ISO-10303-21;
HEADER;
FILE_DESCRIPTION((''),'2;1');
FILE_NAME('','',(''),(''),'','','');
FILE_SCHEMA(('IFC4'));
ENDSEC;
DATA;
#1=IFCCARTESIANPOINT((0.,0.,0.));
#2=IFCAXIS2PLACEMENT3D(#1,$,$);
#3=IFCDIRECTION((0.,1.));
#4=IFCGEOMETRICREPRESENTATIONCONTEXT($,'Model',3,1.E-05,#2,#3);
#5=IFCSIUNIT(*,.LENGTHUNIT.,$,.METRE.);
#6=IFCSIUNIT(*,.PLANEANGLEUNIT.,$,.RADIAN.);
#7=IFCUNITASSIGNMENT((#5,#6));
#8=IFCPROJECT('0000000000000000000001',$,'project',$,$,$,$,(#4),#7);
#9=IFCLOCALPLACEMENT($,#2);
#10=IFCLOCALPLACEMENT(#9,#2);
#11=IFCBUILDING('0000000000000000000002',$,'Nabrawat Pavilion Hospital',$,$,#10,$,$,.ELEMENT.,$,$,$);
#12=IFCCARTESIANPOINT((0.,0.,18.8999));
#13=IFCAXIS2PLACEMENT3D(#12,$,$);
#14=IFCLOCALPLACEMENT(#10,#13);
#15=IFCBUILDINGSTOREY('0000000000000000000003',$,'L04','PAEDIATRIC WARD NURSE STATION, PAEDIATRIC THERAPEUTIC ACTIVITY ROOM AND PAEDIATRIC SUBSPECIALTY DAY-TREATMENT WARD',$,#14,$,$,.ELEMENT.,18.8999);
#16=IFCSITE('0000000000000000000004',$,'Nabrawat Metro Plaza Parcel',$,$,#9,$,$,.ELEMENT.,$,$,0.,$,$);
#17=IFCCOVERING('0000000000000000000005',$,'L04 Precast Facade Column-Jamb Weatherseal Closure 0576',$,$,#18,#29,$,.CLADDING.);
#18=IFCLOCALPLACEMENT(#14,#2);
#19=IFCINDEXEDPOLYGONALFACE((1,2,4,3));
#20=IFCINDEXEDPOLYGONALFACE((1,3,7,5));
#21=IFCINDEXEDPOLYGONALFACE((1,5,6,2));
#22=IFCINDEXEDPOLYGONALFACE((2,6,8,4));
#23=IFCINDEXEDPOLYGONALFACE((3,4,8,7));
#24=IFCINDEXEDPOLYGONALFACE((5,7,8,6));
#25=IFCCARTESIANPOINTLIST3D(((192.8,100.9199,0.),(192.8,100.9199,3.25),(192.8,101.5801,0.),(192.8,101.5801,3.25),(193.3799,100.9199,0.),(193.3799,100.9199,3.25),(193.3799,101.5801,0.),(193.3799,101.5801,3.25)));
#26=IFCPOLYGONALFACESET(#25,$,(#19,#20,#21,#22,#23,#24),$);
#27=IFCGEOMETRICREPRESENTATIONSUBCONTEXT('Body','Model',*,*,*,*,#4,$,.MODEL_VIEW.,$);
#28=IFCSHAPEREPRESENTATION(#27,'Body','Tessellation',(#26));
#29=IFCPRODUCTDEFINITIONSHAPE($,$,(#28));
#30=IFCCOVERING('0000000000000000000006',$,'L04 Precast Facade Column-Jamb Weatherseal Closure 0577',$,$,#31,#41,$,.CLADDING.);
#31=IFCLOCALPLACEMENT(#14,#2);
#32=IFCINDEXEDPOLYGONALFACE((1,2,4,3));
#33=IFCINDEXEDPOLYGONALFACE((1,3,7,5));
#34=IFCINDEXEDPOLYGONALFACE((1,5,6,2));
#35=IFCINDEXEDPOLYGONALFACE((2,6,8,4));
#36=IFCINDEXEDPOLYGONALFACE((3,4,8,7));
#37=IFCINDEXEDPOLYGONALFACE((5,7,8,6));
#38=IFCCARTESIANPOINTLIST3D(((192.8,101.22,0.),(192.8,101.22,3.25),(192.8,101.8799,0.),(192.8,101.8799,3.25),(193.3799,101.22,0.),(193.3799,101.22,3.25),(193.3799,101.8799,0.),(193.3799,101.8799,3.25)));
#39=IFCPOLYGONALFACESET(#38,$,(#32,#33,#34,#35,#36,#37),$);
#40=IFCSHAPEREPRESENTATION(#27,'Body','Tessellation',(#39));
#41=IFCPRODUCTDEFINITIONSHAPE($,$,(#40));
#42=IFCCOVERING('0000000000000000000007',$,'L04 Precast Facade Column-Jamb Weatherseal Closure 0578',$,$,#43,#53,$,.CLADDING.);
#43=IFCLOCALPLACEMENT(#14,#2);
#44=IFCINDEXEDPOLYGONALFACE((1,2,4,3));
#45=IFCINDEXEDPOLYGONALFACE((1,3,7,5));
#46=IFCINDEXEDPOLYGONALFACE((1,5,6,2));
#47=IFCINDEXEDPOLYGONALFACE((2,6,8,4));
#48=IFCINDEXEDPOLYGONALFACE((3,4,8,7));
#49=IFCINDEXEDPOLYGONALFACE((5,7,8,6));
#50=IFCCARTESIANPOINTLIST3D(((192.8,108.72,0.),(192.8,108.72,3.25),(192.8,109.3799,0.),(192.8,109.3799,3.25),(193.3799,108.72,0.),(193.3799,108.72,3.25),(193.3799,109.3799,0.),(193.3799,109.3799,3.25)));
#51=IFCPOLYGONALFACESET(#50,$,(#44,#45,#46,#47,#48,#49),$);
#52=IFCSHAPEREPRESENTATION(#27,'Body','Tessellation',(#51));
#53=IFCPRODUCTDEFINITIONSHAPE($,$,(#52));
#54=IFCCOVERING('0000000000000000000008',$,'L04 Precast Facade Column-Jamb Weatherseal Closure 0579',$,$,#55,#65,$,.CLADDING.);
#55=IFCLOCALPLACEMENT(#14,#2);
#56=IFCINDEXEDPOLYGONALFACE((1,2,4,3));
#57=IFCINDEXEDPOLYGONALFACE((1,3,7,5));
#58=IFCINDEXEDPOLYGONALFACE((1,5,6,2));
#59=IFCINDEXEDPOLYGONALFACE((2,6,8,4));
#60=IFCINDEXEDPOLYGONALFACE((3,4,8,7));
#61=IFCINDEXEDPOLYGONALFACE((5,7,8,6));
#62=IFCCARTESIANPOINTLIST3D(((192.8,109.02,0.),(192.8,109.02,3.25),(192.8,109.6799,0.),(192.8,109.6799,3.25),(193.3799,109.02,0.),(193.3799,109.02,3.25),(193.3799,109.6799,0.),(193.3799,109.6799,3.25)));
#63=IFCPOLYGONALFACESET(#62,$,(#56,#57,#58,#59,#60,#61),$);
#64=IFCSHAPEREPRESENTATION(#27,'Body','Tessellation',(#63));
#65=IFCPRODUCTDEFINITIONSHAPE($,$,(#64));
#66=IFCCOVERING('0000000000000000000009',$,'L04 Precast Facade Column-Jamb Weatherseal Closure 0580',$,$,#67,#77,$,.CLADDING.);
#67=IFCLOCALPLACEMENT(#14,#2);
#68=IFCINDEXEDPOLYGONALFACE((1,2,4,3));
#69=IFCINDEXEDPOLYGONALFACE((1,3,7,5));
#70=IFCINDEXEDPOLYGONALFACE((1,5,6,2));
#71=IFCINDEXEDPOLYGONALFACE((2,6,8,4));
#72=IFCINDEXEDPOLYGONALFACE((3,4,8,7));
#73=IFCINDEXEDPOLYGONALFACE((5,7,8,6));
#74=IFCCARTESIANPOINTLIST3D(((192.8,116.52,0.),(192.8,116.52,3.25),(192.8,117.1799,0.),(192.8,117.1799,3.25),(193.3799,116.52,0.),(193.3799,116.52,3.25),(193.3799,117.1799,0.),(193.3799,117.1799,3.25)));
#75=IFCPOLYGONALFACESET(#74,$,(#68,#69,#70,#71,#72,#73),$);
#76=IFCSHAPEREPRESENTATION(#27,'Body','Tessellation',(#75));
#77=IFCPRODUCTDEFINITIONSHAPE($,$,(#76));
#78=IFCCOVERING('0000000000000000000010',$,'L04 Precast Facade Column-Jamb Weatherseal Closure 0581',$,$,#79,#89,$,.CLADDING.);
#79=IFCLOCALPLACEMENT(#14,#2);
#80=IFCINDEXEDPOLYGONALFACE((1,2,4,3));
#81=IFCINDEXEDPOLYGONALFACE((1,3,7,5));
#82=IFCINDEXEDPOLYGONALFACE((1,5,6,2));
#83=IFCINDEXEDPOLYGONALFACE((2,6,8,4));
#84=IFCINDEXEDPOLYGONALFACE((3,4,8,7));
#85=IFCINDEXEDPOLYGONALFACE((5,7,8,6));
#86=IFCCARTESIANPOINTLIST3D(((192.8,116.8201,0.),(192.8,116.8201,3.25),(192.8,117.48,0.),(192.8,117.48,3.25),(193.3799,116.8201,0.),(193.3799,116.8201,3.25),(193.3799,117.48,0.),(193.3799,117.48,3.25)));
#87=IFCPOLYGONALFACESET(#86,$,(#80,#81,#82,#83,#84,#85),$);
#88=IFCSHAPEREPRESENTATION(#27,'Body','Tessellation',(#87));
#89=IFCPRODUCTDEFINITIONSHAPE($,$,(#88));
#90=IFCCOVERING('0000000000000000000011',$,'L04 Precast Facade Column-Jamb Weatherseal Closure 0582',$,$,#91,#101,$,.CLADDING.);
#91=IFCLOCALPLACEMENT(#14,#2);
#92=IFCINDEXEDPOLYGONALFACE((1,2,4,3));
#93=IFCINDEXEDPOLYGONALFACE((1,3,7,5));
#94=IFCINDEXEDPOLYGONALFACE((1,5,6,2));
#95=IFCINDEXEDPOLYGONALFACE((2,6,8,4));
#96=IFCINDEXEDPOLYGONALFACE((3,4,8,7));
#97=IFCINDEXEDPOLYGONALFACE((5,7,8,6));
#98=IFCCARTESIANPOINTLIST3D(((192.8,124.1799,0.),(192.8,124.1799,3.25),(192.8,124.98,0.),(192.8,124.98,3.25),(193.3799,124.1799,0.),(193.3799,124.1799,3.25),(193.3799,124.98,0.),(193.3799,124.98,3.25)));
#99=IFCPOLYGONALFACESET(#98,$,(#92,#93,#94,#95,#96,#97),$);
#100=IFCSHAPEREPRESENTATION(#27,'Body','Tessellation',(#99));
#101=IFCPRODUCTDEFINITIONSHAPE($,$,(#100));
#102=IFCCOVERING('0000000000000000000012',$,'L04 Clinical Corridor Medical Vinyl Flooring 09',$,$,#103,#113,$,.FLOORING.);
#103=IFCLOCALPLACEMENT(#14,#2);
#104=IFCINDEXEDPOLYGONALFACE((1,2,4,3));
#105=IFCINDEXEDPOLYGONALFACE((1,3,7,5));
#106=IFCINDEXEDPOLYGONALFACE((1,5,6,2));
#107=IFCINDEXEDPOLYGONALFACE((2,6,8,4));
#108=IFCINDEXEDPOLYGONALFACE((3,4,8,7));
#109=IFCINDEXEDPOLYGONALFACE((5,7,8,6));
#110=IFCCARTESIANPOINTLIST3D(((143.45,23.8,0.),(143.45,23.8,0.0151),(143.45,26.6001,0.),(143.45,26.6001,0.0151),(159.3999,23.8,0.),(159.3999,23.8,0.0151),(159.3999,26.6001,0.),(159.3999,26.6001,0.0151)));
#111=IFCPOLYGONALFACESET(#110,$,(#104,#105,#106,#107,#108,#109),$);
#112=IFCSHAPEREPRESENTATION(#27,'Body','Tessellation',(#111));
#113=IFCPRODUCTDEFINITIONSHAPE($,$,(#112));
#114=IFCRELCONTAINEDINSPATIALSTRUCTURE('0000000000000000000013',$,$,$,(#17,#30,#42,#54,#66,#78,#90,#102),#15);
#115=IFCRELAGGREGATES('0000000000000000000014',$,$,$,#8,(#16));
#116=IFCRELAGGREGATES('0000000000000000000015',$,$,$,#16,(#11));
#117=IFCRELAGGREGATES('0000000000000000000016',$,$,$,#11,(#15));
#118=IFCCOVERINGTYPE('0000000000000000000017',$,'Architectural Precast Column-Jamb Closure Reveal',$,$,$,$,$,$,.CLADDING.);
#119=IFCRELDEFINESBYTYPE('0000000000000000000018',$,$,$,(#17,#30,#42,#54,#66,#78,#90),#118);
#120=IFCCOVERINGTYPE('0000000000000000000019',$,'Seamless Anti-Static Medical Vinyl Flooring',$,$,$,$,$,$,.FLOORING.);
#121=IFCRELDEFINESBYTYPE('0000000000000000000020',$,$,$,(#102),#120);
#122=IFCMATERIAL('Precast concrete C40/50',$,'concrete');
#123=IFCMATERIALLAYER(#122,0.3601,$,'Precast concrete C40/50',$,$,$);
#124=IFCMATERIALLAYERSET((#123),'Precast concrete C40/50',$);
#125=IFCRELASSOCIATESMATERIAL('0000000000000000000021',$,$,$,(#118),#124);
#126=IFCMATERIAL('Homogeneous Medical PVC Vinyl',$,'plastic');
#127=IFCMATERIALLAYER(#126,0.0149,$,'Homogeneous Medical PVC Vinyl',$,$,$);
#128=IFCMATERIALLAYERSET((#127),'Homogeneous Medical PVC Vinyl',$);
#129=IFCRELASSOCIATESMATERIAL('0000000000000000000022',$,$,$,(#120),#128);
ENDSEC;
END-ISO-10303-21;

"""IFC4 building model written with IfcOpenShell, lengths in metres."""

from ifc_helpers import new_model, si_unit, direction, frame, origin, place, context, subcontext, project, spatial, polyline, outline, extrude, material, layer, layer_set, type_object, element, save


model = new_model("IFC4")

# Units and contexts
model_context = context("Model", 3, precision=1e-05, world=origin(), true_north=direction((0.0, 1.0)))
body_context = subcontext(model_context, "Body", "Model", "MODEL_VIEW")
ifc_project = project(units=[si_unit("LENGTHUNIT", "METRE"), si_unit("PLANEANGLEUNIT", "RADIAN")], contexts=[model_context])

# Site, building, storey
site_placement = place(None, origin())
site = spatial("IfcSite", under=ifc_project, at=site_placement, Name="Nabrawat Metro Plaza Parcel", CompositionType="ELEMENT", RefElevation=0.0)
building_placement = place(site_placement, origin())
building = spatial("IfcBuilding", under=site, at=building_placement, Name="Nabrawat Pavilion Hospital", CompositionType="ELEMENT")
storey_placement = place(building_placement, frame((0.0, 0.0, 18.8999)))
storey = spatial("IfcBuildingStorey", under=building, at=storey_placement, Name="L04", Description="PAEDIATRIC WARD NURSE STATION, PAEDIATRIC THERAPEUTIC ACTIVITY ROOM AND PAEDIATRIC SUBSPECIALTY DAY-TREATMENT WARD", CompositionType="ELEMENT", Elevation=18.8999)

# Coverings
ifc_material_1 = material(Name="Precast concrete C40/50", Category="concrete")
ifc_layer_1 = layer(ifc_material_1, 0.3601, Name="Precast concrete C40/50")
ifc_layer_set_1 = layer_set([ifc_layer_1], Name="Precast concrete C40/50")
covering_type_1 = type_object("IfcCoveringType", Name="Architectural Precast Column-Jamb Closure Reveal", PredefinedType="CLADDING", material=ifc_layer_set_1)
covering_1_placement = place(storey_placement, origin())
element("IfcCovering", 1, at=covering_1_placement, inside=storey, type_object=covering_type_1, Name="L04 Precast Facade Column-Jamb Weatherseal Closure 0576", PredefinedType="CLADDING", context=body_context, shape_type="SweptSolid", body=[
    extrude(outline(polyline([(193.3799, 100.9199), (193.3799, 101.5801), (192.8, 101.5801), (192.8, 100.9199), (193.3799, 100.9199)])), origin(), (0.0, 0.0, 1.0), 3.25),
])
covering_2_placement = place(storey_placement, origin())
element("IfcCovering", 2, at=covering_2_placement, inside=storey, type_object=covering_type_1, Name="L04 Precast Facade Column-Jamb Weatherseal Closure 0577", PredefinedType="CLADDING", context=body_context, shape_type="SweptSolid", body=[
    extrude(outline(polyline([(193.3799, 101.22), (193.3799, 101.8799), (192.8, 101.8799), (192.8, 101.22), (193.3799, 101.22)])), origin(), (0.0, 0.0, 1.0), 3.25),
])
covering_3_placement = place(storey_placement, origin())
element("IfcCovering", 3, at=covering_3_placement, inside=storey, type_object=covering_type_1, Name="L04 Precast Facade Column-Jamb Weatherseal Closure 0578", PredefinedType="CLADDING", context=body_context, shape_type="SweptSolid", body=[
    extrude(outline(polyline([(193.3799, 108.72), (193.3799, 109.3799), (192.8, 109.3799), (192.8, 108.72), (193.3799, 108.72)])), origin(), (0.0, 0.0, 1.0), 3.25),
])
covering_4_placement = place(storey_placement, origin())
element("IfcCovering", 4, at=covering_4_placement, inside=storey, type_object=covering_type_1, Name="L04 Precast Facade Column-Jamb Weatherseal Closure 0579", PredefinedType="CLADDING", context=body_context, shape_type="SweptSolid", body=[
    extrude(outline(polyline([(193.3799, 109.02), (193.3799, 109.6799), (192.8, 109.6799), (192.8, 109.02), (193.3799, 109.02)])), origin(), (0.0, 0.0, 1.0), 3.25),
])
covering_5_placement = place(storey_placement, origin())
element("IfcCovering", 5, at=covering_5_placement, inside=storey, type_object=covering_type_1, Name="L04 Precast Facade Column-Jamb Weatherseal Closure 0580", PredefinedType="CLADDING", context=body_context, shape_type="SweptSolid", body=[
    extrude(outline(polyline([(193.3799, 116.52), (193.3799, 117.1799), (192.8, 117.1799), (192.8, 116.52), (193.3799, 116.52)])), origin(), (0.0, 0.0, 1.0), 3.25),
])
covering_6_placement = place(storey_placement, origin())
element("IfcCovering", 6, at=covering_6_placement, inside=storey, type_object=covering_type_1, Name="L04 Precast Facade Column-Jamb Weatherseal Closure 0581", PredefinedType="CLADDING", context=body_context, shape_type="SweptSolid", body=[
    extrude(outline(polyline([(193.3799, 116.8201), (193.3799, 117.48), (192.8, 117.48), (192.8, 116.8201), (193.3799, 116.8201)])), origin(), (0.0, 0.0, 1.0), 3.25),
])
covering_7_placement = place(storey_placement, origin())
element("IfcCovering", 7, at=covering_7_placement, inside=storey, type_object=covering_type_1, Name="L04 Precast Facade Column-Jamb Weatherseal Closure 0582", PredefinedType="CLADDING", context=body_context, shape_type="SweptSolid", body=[
    extrude(outline(polyline([(193.3799, 124.1799), (193.3799, 124.98), (192.8, 124.98), (192.8, 124.1799), (193.3799, 124.1799)])), origin(), (0.0, 0.0, 1.0), 3.25),
])
ifc_material_2 = material(Name="Homogeneous Medical PVC Vinyl", Category="plastic")
ifc_layer_2 = layer(ifc_material_2, 0.0149, Name="Homogeneous Medical PVC Vinyl")
ifc_layer_set_2 = layer_set([ifc_layer_2], Name="Homogeneous Medical PVC Vinyl")
covering_type_2 = type_object("IfcCoveringType", Name="Seamless Anti-Static Medical Vinyl Flooring", PredefinedType="FLOORING", material=ifc_layer_set_2)
covering_8_placement = place(storey_placement, origin())
element("IfcCovering", 8, at=covering_8_placement, inside=storey, type_object=covering_type_2, Name="L04 Clinical Corridor Medical Vinyl Flooring 09", PredefinedType="FLOORING", context=body_context, shape_type="SweptSolid", body=[
    extrude(outline(polyline([(159.3999, 23.8), (159.3999, 26.6001), (143.45, 26.6001), (143.45, 23.8), (159.3999, 23.8)])), origin(), (0.0, 0.0, 1.0), 0.0151),
])

save(model, "model.ifc")
